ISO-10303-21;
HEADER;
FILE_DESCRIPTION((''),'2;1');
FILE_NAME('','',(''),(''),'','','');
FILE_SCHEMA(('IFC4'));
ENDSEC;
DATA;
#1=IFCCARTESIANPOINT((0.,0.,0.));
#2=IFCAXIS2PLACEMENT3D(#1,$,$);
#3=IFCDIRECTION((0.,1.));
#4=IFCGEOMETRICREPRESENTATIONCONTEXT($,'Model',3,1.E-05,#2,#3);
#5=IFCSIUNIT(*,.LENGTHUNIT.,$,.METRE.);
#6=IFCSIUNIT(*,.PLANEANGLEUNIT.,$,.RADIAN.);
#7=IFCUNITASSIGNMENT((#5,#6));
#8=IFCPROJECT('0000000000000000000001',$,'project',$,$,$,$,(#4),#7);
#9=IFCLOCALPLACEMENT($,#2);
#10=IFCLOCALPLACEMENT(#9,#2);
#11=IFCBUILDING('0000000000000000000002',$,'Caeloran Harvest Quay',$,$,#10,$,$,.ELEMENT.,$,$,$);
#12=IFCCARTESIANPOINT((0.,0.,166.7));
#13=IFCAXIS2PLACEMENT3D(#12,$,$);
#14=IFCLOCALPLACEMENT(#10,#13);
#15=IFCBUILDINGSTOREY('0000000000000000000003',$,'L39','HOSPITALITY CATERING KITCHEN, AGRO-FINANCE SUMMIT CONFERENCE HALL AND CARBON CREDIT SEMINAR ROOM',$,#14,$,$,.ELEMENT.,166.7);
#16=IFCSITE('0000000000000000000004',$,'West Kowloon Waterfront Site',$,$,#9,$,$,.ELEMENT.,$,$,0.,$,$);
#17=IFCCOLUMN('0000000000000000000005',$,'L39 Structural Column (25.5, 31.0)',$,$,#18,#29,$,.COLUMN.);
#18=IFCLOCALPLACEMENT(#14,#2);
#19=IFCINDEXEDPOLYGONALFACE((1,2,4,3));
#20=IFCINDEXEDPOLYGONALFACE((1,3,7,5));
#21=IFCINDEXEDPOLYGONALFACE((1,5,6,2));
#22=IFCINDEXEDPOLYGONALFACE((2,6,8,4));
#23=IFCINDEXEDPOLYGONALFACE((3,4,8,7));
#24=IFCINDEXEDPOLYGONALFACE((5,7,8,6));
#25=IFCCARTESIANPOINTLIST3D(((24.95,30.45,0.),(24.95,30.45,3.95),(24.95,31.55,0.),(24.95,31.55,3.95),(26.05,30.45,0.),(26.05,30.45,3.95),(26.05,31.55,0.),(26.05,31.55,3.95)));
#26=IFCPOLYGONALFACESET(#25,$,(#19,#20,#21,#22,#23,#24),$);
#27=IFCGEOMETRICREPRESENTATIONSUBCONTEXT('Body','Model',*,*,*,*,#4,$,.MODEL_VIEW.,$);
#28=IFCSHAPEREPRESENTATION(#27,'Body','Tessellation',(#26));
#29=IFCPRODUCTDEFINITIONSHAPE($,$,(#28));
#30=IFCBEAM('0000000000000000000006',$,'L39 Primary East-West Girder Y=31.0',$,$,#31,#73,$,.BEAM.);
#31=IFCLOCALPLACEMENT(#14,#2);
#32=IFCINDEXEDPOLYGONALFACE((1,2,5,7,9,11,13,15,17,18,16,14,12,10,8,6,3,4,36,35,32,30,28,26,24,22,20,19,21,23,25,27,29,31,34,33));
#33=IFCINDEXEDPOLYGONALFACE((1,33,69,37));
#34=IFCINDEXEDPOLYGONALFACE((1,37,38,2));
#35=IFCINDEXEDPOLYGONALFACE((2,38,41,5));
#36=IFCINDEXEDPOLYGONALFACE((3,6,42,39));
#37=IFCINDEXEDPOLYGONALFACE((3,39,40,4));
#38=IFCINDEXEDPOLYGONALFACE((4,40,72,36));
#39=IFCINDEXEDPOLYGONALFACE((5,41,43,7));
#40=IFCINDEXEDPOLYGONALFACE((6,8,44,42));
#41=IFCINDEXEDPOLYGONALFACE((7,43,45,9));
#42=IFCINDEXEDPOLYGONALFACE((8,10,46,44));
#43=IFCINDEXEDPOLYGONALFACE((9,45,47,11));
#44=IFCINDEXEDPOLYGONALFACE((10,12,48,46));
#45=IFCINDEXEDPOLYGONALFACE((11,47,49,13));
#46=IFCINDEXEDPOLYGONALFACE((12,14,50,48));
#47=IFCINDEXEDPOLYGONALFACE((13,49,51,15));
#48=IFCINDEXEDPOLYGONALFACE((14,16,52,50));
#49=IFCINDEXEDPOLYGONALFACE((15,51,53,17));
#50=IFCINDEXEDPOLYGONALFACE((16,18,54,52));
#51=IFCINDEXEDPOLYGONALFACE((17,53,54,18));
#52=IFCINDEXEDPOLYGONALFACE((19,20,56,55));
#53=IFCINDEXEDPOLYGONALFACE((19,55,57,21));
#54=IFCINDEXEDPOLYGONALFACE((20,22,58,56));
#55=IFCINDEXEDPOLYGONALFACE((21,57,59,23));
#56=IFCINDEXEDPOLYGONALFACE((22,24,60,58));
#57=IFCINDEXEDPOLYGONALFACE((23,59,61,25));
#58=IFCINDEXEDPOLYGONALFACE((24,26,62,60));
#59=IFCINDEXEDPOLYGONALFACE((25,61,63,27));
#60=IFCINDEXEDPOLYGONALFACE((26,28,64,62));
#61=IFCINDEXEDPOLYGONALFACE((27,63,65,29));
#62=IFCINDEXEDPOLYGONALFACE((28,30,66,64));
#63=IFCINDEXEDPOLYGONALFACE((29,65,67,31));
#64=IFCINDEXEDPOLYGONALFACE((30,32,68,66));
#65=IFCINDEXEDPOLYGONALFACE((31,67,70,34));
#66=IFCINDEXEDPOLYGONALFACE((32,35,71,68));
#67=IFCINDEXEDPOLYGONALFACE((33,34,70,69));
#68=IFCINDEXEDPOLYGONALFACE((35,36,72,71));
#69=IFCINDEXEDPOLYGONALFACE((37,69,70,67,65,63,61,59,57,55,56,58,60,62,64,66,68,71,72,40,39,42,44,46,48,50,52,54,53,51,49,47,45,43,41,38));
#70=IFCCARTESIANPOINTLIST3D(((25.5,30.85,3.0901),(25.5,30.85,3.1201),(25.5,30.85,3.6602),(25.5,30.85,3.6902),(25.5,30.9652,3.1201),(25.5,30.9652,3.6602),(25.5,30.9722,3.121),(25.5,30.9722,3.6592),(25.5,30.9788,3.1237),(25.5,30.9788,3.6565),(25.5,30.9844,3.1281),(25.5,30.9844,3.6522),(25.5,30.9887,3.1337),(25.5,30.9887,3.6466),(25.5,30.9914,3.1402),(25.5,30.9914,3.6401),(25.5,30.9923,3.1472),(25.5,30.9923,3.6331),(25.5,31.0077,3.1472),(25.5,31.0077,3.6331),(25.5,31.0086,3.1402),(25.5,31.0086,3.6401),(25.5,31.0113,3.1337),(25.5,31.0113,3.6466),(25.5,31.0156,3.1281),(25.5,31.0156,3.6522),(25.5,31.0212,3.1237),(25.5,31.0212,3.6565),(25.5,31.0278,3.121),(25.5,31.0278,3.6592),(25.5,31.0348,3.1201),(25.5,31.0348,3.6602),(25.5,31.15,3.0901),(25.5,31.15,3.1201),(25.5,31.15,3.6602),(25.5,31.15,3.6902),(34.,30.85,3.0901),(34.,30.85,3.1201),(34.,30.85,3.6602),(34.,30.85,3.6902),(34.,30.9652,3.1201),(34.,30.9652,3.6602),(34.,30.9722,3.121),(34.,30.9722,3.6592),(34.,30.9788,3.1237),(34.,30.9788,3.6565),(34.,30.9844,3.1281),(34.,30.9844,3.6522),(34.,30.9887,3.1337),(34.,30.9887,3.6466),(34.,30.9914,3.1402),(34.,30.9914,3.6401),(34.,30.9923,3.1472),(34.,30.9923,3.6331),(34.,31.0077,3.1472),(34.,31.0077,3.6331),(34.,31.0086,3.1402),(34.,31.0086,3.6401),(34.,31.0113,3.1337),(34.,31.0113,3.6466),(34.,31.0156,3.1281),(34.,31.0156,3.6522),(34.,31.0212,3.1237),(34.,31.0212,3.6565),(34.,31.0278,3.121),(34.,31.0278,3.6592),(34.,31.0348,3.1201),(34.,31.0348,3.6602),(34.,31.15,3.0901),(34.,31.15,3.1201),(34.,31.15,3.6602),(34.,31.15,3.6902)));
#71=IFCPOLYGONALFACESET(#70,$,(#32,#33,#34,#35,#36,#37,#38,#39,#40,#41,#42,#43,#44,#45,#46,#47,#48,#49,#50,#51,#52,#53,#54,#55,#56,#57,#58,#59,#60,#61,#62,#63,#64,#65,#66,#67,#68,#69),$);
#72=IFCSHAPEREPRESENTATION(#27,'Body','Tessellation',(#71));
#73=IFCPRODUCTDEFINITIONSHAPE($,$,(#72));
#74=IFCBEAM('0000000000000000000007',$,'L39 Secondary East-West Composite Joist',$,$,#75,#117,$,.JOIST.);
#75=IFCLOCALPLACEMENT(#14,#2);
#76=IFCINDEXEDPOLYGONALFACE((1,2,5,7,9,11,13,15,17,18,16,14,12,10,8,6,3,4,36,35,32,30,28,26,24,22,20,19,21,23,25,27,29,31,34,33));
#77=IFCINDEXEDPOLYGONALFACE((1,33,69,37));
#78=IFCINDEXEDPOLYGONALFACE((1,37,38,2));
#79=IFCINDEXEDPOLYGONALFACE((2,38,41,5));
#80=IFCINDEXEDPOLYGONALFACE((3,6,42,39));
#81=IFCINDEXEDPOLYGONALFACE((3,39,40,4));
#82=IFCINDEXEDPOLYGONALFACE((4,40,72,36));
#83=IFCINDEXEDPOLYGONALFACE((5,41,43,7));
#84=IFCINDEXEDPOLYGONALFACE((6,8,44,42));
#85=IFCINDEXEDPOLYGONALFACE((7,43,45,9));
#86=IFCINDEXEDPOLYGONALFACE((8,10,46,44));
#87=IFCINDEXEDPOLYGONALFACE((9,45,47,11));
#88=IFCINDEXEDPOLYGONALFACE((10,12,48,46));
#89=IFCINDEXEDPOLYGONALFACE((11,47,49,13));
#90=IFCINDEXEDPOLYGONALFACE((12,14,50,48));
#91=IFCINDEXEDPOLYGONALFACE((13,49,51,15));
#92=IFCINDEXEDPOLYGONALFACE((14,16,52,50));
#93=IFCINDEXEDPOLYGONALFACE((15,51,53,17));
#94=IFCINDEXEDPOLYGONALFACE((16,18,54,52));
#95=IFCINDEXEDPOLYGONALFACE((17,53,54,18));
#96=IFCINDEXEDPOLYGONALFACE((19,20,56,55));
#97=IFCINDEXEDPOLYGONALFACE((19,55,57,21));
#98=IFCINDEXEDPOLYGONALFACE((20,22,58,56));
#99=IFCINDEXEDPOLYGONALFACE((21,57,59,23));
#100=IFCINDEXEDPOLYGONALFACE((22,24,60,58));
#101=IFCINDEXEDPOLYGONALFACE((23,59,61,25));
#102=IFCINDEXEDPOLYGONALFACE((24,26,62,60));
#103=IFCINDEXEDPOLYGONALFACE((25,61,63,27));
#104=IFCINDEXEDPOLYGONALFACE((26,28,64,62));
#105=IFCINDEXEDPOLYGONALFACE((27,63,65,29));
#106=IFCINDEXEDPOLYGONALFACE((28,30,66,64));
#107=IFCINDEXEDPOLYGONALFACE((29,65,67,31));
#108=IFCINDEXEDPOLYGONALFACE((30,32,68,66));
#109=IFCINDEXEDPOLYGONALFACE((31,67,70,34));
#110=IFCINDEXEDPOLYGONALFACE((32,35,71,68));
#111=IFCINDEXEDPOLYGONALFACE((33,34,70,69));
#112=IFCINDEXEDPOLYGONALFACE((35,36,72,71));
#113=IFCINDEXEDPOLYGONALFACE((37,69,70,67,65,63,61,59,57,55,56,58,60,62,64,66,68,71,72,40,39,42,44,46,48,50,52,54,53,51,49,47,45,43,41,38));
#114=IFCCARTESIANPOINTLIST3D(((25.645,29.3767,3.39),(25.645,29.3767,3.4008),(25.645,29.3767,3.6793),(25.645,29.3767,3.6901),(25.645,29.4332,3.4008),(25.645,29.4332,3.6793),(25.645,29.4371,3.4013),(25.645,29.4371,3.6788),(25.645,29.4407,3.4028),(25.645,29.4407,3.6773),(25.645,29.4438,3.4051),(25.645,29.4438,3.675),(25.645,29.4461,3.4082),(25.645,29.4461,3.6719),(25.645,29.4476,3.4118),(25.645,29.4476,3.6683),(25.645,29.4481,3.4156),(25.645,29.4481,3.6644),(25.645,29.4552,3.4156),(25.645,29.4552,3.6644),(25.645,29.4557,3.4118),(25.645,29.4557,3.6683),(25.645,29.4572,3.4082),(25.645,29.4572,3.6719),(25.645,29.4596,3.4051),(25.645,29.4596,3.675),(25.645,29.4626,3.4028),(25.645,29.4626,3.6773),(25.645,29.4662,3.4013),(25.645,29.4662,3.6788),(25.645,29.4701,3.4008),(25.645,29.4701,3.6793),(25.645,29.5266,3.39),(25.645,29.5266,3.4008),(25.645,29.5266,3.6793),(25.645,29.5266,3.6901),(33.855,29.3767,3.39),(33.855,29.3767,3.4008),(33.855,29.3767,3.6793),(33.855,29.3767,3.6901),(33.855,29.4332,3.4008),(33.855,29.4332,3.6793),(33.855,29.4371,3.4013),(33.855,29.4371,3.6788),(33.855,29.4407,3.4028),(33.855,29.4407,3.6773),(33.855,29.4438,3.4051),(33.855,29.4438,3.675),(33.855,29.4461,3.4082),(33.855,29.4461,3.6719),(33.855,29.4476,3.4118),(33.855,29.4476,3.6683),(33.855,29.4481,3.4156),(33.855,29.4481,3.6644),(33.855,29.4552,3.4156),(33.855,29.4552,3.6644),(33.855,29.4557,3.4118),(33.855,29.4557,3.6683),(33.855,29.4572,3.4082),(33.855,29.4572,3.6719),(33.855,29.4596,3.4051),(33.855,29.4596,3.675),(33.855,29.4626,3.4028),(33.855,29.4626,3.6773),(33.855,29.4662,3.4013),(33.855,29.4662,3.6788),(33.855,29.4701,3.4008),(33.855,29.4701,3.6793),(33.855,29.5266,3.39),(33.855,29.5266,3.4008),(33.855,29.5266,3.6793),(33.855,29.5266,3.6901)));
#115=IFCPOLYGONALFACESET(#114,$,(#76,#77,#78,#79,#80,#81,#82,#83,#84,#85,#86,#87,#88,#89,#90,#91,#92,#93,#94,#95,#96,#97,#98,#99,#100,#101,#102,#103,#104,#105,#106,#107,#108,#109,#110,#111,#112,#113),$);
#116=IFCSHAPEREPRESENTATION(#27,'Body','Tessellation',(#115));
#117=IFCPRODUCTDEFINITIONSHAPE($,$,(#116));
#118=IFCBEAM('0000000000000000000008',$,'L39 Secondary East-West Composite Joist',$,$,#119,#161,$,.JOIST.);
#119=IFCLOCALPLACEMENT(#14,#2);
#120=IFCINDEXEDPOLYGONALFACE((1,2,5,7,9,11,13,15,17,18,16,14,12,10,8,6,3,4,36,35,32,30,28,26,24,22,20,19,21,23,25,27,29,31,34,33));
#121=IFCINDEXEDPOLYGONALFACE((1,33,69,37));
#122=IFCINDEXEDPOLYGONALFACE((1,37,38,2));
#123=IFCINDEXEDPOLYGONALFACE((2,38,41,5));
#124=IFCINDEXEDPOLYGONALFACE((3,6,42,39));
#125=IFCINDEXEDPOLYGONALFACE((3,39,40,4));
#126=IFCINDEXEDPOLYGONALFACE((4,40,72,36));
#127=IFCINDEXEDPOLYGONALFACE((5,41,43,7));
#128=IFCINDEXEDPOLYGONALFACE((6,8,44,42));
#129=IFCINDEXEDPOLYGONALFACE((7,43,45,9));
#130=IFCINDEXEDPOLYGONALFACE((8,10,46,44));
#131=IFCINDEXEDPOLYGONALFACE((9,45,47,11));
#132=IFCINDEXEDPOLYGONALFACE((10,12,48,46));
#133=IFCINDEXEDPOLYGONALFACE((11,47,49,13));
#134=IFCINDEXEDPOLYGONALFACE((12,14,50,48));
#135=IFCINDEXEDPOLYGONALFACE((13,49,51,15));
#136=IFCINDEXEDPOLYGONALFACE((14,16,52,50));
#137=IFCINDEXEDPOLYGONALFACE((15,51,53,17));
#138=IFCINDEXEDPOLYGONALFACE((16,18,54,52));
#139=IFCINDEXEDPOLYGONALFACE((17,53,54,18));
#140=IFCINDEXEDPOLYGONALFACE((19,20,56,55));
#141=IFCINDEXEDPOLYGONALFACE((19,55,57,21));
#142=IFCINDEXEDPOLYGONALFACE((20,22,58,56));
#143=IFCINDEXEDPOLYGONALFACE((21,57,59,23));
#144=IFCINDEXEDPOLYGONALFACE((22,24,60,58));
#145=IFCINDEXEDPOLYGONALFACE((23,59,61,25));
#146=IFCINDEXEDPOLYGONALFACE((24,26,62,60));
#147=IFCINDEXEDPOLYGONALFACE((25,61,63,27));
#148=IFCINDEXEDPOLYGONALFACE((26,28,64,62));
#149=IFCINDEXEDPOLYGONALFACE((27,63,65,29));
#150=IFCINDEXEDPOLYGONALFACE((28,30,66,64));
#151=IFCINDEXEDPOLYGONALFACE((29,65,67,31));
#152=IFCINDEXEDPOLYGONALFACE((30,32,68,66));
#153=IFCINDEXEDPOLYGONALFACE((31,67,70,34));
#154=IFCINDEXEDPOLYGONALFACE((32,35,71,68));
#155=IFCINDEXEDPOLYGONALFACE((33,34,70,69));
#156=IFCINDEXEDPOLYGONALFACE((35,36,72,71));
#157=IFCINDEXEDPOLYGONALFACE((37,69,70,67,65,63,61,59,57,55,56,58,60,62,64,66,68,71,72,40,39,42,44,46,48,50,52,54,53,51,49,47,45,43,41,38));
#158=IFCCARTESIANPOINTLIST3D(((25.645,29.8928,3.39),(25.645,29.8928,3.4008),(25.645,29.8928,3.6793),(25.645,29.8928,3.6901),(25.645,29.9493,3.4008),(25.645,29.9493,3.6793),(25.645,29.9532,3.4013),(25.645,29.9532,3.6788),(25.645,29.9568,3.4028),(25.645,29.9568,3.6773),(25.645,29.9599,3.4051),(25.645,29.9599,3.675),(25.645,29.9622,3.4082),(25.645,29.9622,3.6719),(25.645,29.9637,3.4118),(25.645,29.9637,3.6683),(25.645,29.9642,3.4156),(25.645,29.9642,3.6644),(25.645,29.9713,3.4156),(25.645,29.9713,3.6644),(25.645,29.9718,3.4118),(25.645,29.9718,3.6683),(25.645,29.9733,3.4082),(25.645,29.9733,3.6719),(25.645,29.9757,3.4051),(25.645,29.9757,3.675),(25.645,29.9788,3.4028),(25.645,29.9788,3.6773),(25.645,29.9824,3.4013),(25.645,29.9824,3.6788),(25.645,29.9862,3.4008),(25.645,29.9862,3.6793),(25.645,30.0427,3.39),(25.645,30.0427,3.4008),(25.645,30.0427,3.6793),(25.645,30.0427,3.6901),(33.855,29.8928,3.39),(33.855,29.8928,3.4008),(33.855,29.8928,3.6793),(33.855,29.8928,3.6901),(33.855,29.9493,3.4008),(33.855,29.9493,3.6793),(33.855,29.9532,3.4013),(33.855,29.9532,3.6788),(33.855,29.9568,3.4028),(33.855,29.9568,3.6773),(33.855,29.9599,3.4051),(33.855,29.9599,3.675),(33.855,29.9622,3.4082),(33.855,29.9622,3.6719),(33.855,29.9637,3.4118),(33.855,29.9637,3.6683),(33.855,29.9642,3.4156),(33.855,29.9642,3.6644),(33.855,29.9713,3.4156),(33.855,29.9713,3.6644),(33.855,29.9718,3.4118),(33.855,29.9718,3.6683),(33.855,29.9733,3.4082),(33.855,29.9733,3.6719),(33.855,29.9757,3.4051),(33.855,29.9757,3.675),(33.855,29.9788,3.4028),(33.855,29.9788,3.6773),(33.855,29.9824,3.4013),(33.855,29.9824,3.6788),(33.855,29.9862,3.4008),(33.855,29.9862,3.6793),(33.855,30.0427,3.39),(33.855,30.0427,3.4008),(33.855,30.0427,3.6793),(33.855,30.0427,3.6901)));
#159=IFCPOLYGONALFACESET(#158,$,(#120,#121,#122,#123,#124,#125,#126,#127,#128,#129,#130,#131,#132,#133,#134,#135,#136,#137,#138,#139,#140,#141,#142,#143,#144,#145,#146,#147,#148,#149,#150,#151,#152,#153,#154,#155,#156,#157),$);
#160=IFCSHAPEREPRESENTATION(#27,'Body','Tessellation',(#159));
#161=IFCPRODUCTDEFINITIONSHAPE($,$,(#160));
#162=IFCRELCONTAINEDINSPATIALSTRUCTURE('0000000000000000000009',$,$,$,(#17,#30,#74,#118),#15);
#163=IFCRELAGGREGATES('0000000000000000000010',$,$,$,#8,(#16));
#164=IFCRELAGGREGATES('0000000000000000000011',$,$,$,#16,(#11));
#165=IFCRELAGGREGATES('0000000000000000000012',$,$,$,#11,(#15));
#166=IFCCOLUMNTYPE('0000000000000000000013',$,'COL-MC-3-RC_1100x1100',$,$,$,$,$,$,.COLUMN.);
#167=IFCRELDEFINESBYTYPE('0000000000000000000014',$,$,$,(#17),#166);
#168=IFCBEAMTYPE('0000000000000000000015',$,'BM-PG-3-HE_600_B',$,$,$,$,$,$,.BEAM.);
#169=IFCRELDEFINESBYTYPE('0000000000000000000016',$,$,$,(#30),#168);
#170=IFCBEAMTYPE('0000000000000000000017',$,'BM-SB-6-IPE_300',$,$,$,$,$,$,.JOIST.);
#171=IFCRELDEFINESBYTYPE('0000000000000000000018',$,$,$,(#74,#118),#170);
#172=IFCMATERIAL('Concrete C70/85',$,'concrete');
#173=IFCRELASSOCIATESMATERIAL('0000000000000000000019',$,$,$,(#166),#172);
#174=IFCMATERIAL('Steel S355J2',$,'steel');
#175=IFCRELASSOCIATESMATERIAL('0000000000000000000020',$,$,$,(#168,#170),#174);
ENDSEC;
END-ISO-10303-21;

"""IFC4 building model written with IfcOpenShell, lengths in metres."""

from ifc_helpers import new_model, si_unit, direction, frame, origin, origin_2d, place, context, subcontext, project, spatial, rectangle, i_section, extrude, material, material_profile, profile_set, type_object, element, save


model = new_model("IFC4")

# Units and contexts
model_context = context("Model", 3, precision=1e-05, world=origin(), true_north=direction((0.0, 1.0)))
body_context = subcontext(model_context, "Body", "Model", "MODEL_VIEW")
ifc_project = project(units=[si_unit("LENGTHUNIT", "METRE"), si_unit("PLANEANGLEUNIT", "RADIAN")], contexts=[model_context])

# Site, building, storey
site_placement = place(None, origin())
site = spatial("IfcSite", under=ifc_project, at=site_placement, Name="West Kowloon Waterfront Site", CompositionType="ELEMENT", RefElevation=0.0)
building_placement = place(site_placement, origin())
building = spatial("IfcBuilding", under=site, at=building_placement, Name="Caeloran Harvest Quay", CompositionType="ELEMENT")
storey_placement = place(building_placement, frame((0.0, 0.0, 166.7)))
storey = spatial("IfcBuildingStorey", under=building, at=storey_placement, Name="L39", Description="HOSPITALITY CATERING KITCHEN, AGRO-FINANCE SUMMIT CONFERENCE HALL AND CARBON CREDIT SEMINAR ROOM", CompositionType="ELEMENT", Elevation=166.7)

# Column
ifc_material_1 = material(Name="Concrete C70/85", Category="concrete")
ifc_material_profile_1 = material_profile(ifc_material_1, rectangle(XDim=1.1001, YDim=1.1001, at=origin_2d()), Name="RC 1100x1100")
ifc_profile_set_1 = profile_set([ifc_material_profile_1], Name="Concrete C70/85")
column_type = type_object("IfcColumnType", Name="COL-MC-3-RC_1100x1100", PredefinedType="COLUMN", material=ifc_profile_set_1)
column_placement = place(storey_placement, frame((25.5, 31.0, 0.0), z_axis=(0.0, 0.0, 1.0), x_axis=(1.0, 0.0, 0.0)))
element("IfcColumn", 1, at=column_placement, inside=storey, type_object=column_type, Name="L39 Structural Column (25.5, 31.0)", PredefinedType="COLUMN", context=body_context, shape_type="SweptSolid", body=[
    extrude(rectangle(XDim=1.1001, YDim=1.1001, at=origin_2d()), origin(), (0.0, 0.0, 1.0), 3.95),
])

# Beams
ifc_material_2 = material(Name="Steel S355J2", Category="steel")
ifc_material_profile_2 = material_profile(ifc_material_2, i_section(OverallWidth=0.3, OverallDepth=0.6001, WebThickness=0.0154, FlangeThickness=0.03, FilletRadius=0.0271, at=origin_2d()), Name="HE 600 B")
ifc_profile_set_2 = profile_set([ifc_material_profile_2], Name="Steel S355J2")
beam_type_1 = type_object("IfcBeamType", Name="BM-PG-3-HE_600_B", PredefinedType="BEAM", material=ifc_profile_set_2)
beam_placement = place(storey_placement, frame((25.5, 31.0, 3.3901), z_axis=(1.0, 0.0, 0.0), x_axis=(0.0, 1.0, 0.0)))
element("IfcBeam", 2, at=beam_placement, inside=storey, type_object=beam_type_1, Name="L39 Primary East-West Girder Y=31.0", PredefinedType="BEAM", context=body_context, shape_type="SweptSolid", body=[
    extrude(i_section(OverallWidth=0.3, OverallDepth=0.6001, WebThickness=0.0154, FlangeThickness=0.03, FilletRadius=0.0271, at=origin_2d()), origin(), (0.0, 0.0, 1.0), 8.5),
])
ifc_material_profile_3 = material_profile(ifc_material_2, i_section(OverallWidth=0.1499, OverallDepth=0.3, WebThickness=0.0071, FlangeThickness=0.0107, FilletRadius=0.0149, at=origin_2d()), Name="IPE 300")
ifc_profile_set_3 = profile_set([ifc_material_profile_3], Name="Steel S355J2")
beam_type_2 = type_object("IfcBeamType", Name="BM-SB-6-IPE_300", PredefinedType="JOIST", material=ifc_profile_set_3)
for number, where, z_axis, x_axis, name in (
    (3, (25.645, 29.4517, 3.54), (1.0, 0.0, 0.0), (0.0, 1.0, 0.0), "L39 Secondary East-West Composite Joist"),
    (4, (25.645, 29.9678, 3.54), (1.0, 0.0, 0.0), (0.0, 1.0, 0.0), "L39 Secondary East-West Composite Joist"),
):
    element("IfcBeam", number, at=place(storey_placement, frame(where, z_axis=z_axis, x_axis=x_axis)), inside=storey, type_object=beam_type_2, Name=name, PredefinedType="JOIST", context=body_context, shape_type="SweptSolid", body=[
        extrude(i_section(OverallWidth=0.1499, OverallDepth=0.3, WebThickness=0.0071, FlangeThickness=0.0107, FilletRadius=0.0149, at=origin_2d()), origin(), (0.0, 0.0, 1.0), 8.21),
    ])

save(model, "model.ifc")
